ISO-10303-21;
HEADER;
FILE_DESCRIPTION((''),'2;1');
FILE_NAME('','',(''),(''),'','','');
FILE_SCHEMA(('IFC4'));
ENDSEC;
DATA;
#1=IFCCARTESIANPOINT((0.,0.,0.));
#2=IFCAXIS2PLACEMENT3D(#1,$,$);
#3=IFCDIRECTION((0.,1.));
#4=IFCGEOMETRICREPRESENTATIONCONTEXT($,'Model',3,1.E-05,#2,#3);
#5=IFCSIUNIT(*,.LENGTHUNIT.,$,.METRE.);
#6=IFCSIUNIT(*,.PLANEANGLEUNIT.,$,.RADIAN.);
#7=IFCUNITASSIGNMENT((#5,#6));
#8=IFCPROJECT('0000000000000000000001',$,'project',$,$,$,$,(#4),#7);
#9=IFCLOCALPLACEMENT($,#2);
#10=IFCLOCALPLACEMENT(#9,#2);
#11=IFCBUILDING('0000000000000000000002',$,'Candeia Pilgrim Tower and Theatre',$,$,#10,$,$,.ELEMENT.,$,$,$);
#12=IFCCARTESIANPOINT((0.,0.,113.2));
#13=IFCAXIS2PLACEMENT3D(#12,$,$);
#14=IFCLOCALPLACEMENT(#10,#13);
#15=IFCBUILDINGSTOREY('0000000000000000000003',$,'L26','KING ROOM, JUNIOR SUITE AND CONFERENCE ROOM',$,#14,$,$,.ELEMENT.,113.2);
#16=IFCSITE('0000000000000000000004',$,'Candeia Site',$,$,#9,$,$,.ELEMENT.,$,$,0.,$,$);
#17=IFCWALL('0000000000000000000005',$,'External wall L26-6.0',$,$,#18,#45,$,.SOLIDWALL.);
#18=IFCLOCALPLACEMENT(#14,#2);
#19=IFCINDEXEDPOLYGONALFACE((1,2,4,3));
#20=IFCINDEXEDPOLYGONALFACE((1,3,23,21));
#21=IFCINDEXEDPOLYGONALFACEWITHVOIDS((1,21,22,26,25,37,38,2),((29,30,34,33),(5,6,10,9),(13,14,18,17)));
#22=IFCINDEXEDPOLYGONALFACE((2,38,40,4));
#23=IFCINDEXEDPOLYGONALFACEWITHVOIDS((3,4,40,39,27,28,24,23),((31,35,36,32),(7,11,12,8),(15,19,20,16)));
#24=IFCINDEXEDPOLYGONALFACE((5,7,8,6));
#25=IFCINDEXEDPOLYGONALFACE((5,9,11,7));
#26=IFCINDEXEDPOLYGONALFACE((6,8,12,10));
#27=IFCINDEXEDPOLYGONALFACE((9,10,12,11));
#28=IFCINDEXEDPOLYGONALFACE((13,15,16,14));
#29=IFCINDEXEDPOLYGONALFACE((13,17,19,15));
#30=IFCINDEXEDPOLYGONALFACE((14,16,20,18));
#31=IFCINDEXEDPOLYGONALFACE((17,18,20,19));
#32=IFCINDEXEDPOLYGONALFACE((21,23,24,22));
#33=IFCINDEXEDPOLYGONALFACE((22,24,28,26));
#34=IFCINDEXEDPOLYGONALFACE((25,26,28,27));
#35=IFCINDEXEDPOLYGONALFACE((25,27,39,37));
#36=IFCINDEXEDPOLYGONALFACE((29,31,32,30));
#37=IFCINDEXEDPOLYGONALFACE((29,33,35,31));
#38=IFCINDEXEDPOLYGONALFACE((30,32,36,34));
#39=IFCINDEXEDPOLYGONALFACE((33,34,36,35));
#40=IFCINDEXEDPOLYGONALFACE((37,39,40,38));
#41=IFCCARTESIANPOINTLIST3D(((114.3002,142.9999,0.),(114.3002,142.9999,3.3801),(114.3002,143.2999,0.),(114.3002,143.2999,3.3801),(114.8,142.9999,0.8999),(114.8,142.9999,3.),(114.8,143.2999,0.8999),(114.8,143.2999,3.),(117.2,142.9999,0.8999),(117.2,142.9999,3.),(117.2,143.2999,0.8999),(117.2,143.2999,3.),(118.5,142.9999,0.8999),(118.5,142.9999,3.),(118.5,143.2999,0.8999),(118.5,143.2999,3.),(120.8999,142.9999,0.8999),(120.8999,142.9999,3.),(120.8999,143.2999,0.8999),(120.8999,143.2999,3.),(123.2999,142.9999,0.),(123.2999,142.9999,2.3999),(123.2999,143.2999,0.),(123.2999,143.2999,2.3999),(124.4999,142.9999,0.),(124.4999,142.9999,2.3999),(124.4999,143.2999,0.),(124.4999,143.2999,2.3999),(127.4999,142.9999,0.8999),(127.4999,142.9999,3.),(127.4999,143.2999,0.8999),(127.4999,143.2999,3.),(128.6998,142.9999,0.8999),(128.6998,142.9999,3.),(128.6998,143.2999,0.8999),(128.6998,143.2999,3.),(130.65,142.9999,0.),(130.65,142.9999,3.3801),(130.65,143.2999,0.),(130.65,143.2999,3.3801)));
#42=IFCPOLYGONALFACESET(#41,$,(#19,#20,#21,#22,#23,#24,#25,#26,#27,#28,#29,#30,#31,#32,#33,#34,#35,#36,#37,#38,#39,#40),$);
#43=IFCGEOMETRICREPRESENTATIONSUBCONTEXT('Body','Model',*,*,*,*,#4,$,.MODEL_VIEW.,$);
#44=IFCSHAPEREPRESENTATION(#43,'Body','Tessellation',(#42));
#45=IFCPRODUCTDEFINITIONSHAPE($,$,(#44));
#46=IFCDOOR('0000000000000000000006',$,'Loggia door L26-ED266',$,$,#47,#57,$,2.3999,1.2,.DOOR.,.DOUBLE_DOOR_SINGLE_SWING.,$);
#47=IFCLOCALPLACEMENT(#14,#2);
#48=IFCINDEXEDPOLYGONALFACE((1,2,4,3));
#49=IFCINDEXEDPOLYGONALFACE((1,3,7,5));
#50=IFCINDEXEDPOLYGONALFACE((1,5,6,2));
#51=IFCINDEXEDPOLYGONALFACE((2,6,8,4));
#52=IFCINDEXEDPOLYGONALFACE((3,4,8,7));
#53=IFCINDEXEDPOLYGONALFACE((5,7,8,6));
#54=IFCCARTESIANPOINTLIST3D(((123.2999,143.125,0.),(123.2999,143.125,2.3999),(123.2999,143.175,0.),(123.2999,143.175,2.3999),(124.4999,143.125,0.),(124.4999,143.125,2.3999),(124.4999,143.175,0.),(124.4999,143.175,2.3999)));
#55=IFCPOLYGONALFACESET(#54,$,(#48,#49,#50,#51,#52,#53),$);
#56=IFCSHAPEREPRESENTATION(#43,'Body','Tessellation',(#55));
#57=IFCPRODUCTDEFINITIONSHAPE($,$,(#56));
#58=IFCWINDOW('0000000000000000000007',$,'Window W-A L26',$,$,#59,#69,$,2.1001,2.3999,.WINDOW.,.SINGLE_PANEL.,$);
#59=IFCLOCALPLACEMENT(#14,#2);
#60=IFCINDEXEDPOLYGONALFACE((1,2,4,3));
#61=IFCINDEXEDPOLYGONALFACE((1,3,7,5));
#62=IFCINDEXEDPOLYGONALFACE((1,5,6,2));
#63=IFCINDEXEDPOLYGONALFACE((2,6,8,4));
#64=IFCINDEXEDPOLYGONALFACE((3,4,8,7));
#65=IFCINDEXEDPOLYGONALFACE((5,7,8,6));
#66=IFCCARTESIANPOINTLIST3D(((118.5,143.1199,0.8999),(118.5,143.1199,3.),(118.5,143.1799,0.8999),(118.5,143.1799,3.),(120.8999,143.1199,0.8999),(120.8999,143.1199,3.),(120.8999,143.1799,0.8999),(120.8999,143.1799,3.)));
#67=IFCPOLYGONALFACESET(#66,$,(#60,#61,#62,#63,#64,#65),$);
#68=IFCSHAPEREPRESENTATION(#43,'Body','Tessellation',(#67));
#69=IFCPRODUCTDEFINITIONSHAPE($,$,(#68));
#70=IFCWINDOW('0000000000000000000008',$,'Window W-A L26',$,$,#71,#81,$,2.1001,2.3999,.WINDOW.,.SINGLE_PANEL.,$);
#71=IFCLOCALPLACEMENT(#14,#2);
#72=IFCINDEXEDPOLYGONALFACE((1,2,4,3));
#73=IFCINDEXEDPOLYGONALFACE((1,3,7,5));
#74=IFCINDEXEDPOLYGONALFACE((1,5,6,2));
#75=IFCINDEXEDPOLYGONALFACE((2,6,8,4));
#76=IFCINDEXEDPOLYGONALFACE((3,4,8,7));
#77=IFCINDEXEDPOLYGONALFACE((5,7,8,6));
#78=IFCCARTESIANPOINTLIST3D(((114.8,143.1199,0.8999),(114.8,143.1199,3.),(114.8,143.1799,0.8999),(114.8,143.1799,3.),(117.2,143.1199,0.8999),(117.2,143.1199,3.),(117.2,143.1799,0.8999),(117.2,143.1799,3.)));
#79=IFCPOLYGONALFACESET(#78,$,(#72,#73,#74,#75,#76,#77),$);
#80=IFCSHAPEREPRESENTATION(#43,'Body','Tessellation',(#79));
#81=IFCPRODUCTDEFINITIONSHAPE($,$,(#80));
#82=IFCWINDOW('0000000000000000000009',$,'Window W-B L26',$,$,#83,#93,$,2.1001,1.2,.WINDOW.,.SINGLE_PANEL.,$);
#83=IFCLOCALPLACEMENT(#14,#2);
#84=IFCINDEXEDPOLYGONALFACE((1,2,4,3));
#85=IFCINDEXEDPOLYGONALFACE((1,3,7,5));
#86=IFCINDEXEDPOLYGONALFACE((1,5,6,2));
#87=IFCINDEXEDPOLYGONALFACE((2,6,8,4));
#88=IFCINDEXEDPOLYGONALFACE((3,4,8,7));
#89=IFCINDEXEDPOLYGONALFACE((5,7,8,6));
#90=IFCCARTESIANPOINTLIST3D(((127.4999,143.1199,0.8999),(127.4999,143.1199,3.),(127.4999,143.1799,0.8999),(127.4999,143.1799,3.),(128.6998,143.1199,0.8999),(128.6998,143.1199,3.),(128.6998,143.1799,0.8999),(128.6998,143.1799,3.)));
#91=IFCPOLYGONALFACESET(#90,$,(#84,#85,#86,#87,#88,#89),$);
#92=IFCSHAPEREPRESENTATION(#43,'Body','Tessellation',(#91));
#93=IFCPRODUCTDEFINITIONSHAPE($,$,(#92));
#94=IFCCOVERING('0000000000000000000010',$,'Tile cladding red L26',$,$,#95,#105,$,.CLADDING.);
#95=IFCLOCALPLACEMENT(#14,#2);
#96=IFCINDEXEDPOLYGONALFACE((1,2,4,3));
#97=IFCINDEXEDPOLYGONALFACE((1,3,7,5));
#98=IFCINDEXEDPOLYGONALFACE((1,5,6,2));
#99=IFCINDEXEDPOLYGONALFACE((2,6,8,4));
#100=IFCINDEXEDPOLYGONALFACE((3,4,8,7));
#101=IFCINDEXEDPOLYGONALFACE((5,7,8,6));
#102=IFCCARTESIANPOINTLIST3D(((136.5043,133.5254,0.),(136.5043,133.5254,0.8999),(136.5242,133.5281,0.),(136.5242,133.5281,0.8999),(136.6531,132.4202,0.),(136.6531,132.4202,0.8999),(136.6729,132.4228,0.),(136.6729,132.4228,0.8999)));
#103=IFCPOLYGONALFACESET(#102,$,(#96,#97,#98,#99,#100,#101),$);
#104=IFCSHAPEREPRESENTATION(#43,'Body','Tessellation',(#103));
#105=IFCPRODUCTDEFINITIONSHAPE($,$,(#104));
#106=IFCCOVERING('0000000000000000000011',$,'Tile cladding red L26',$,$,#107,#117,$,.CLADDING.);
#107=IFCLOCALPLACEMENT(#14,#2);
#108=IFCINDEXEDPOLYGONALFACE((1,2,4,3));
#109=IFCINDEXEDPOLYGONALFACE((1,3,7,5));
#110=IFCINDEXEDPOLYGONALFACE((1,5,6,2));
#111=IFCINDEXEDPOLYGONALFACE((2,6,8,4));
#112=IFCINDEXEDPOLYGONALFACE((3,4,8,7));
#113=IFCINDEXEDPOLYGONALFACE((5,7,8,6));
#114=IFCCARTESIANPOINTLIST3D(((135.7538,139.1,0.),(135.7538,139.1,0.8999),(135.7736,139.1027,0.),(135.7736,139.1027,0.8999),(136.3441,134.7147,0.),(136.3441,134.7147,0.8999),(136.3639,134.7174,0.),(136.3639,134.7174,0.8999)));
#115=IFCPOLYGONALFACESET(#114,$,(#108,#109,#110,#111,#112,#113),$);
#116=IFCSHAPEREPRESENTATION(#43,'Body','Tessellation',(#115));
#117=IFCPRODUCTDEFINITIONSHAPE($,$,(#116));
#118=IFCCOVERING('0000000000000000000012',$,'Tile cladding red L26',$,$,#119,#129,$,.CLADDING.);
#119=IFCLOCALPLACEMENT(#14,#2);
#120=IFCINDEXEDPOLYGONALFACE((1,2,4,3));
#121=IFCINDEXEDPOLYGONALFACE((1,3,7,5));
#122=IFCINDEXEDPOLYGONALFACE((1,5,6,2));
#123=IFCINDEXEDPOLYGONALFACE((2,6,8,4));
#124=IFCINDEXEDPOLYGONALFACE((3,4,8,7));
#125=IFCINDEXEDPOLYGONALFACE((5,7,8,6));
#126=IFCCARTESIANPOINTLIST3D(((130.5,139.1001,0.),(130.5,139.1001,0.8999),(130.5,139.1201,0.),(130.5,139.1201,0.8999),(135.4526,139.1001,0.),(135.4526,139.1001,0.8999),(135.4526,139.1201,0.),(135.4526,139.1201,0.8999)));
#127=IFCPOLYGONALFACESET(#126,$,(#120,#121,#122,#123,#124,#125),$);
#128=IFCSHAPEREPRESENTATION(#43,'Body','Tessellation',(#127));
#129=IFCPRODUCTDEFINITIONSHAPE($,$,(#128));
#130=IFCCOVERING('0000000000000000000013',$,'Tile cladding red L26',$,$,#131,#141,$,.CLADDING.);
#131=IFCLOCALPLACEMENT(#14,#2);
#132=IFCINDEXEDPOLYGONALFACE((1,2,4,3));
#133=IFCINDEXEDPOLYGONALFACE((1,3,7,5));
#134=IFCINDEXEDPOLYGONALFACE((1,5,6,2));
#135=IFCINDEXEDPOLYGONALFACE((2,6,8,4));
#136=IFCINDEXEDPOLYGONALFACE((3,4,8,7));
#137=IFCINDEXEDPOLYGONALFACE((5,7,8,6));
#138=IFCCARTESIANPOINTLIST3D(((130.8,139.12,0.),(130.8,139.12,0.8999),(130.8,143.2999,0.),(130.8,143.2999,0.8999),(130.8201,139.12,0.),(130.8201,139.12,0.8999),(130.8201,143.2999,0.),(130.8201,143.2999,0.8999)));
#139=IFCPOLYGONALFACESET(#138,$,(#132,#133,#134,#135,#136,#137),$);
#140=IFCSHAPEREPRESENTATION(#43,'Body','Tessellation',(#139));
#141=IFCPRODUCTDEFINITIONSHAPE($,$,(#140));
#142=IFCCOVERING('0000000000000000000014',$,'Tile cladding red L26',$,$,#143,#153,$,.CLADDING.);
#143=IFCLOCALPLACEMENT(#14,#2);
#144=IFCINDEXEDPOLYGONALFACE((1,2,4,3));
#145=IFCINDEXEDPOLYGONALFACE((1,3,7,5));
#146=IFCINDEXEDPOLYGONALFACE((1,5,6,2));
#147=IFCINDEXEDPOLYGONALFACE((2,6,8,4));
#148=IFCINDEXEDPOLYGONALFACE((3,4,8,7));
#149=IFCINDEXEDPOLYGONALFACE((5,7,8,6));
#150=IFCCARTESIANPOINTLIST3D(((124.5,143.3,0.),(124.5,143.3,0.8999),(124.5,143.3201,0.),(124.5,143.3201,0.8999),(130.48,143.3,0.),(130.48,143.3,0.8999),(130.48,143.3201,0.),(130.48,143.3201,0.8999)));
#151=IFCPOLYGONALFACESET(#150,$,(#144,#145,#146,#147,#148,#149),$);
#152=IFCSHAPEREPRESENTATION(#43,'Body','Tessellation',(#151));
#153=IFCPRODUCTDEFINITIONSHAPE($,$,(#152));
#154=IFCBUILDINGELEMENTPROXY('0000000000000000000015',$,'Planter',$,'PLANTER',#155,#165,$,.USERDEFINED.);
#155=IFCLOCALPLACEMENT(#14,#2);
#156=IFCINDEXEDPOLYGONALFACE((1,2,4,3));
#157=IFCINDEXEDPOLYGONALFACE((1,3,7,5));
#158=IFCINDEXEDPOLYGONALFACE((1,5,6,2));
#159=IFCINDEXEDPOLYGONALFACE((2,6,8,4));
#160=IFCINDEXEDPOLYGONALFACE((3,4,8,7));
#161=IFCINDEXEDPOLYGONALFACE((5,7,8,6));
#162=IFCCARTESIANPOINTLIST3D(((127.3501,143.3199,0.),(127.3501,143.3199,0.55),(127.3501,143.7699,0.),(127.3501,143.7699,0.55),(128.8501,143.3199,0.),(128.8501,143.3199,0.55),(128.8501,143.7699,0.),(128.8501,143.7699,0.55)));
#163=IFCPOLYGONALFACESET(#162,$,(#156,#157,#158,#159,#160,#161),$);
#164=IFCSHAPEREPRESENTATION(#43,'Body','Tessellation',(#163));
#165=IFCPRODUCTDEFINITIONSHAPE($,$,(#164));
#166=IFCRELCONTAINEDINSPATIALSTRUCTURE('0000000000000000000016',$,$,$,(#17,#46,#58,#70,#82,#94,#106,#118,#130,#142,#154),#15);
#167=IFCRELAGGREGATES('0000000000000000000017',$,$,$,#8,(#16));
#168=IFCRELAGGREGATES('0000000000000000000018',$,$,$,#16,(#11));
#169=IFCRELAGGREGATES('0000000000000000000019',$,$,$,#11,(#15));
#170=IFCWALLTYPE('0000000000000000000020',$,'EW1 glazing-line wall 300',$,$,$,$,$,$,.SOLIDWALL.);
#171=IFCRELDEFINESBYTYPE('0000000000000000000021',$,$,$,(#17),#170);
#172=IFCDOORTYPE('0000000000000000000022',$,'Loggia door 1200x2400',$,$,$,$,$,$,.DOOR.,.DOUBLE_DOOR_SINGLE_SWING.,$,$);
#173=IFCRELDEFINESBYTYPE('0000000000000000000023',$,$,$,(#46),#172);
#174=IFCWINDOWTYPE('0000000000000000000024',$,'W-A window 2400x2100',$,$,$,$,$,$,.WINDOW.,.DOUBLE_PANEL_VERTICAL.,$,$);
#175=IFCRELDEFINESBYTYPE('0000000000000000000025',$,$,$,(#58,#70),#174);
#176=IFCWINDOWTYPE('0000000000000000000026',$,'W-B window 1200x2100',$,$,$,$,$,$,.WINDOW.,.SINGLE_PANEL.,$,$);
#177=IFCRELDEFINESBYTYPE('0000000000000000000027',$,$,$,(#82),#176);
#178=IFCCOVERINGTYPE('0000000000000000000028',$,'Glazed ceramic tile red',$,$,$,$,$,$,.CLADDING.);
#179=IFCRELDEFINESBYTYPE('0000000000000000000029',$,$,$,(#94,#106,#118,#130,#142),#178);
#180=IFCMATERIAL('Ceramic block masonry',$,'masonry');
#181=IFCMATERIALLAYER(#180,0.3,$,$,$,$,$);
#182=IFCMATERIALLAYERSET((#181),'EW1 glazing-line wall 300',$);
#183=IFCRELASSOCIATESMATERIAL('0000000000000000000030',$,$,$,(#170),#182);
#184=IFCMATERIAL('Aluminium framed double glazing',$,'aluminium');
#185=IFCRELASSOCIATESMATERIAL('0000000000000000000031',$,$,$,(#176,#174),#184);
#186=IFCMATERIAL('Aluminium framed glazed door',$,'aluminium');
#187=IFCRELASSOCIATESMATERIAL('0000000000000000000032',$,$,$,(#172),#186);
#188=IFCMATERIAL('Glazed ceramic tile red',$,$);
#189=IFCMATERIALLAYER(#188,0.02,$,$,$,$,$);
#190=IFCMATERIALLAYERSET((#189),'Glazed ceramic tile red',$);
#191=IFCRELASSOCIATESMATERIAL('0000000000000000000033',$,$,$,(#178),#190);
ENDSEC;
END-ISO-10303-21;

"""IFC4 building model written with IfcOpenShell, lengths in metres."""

from ifc_helpers import new_model, si_unit, direction, frame, frame_2d, origin, origin_2d, place, context, subcontext, project, spatial, rectangle, extrude, material, layer, layer_set, type_object, element, fill, save


model = new_model("IFC4")

# Units and contexts
model_context = context("Model", 3, precision=1e-05, world=origin(), true_north=direction((0.0, 1.0)))
body_context = subcontext(model_context, "Body", "Model", "MODEL_VIEW")
ifc_project = project(units=[si_unit("LENGTHUNIT", "METRE"), si_unit("PLANEANGLEUNIT", "RADIAN")], contexts=[model_context])

# Site, building, storey
site_placement = place(None, origin())
site = spatial("IfcSite", under=ifc_project, at=site_placement, Name="Candeia Site", CompositionType="ELEMENT", RefElevation=0.0)
building_placement = place(site_placement, origin())
building = spatial("IfcBuilding", under=site, at=building_placement, Name="Candeia Pilgrim Tower and Theatre", CompositionType="ELEMENT")
storey_placement = place(building_placement, frame((0.0, 0.0, 113.2)))
storey = spatial("IfcBuildingStorey", under=building, at=storey_placement, Name="L26", Description="KING ROOM, JUNIOR SUITE AND CONFERENCE ROOM", CompositionType="ELEMENT", Elevation=113.2)

# Shared definitions
ifc_material_1 = material(Name="Ceramic block masonry", Category="masonry")
ifc_layer_1 = layer(ifc_material_1, 0.3)
ifc_layer_set_1 = layer_set([ifc_layer_1], Name="EW1 glazing-line wall 300")
wall_type = type_object("IfcWallType", Name="EW1 glazing-line wall 300", PredefinedType="SOLIDWALL", material=ifc_layer_set_1)
ifc_material_2 = material(Name="Aluminium framed double glazing", Category="aluminium")
window_type_1 = type_object("IfcWindowType", Name="W-B window 1200x2100", PartitioningType="SINGLE_PANEL", PredefinedType="WINDOW", material=ifc_material_2)

# Wall, openings, door, windows
wall_1_placement = place(storey_placement, frame((130.6499, 143.1499, 0.0), z_axis=(0.0, 0.0, 1.0), x_axis=(-1.0, 0.0, 0.0)))
wall_1 = element("IfcWall", 1, at=wall_1_placement, inside=storey, type_object=wall_type, Name="External wall L26-6.0", PredefinedType="SOLIDWALL", context=body_context, shape_type="SweptSolid", body=[
    extrude(rectangle(XDim=16.3499, YDim=0.3, at=frame_2d((8.1748, 0.0))), origin(), (0.0, 0.0, 1.0), 3.3801),
])
opening_1_placement = place(wall_1_placement, frame((1.95, 0.0, 0.8999)))
opening_1 = element("IfcOpeningElement", 2, at=opening_1_placement, cuts=wall_1, PredefinedType="OPENING", context=body_context, shape_type="SweptSolid", body=[
    extrude(rectangle(XDim=1.2, YDim=2.1001, at=frame_2d((0.6001, 1.05))), frame((0.0, 0.1602, 0.0), z_axis=(0.0, -1.0, 0.0), x_axis=(1.0, 0.0, 0.0)), (0.0, 0.0, 1.0), 0.3201),
])
opening_2_placement = place(wall_1_placement, frame((6.1499, 0.0, 0.0)))
opening_2 = element("IfcOpeningElement", 3, at=opening_2_placement, cuts=wall_1, PredefinedType="OPENING", context=body_context, shape_type="SweptSolid", body=[
    extrude(rectangle(XDim=1.2, YDim=2.3999, at=frame_2d((0.6001, 1.2))), frame((0.0, 0.1602, 0.0), z_axis=(0.0, -1.0, 0.0), x_axis=(1.0, 0.0, 0.0)), (0.0, 0.0, 1.0), 0.3201),
])
opening_3_placement = place(wall_1_placement, frame((9.75, 0.0, 0.8999)))
opening_3 = element("IfcOpeningElement", 4, at=opening_3_placement, cuts=wall_1, PredefinedType="OPENING", context=body_context, shape_type="SweptSolid", body=[
    extrude(rectangle(XDim=2.3999, YDim=2.1001, at=frame_2d((1.2, 1.05))), frame((0.0, 0.1602, 0.0), z_axis=(0.0, -1.0, 0.0), x_axis=(1.0, 0.0, 0.0)), (0.0, 0.0, 1.0), 0.3201),
])
opening_4_placement = place(wall_1_placement, frame((13.45, 0.0, 0.8999)))
opening_4 = element("IfcOpeningElement", 5, at=opening_4_placement, cuts=wall_1, PredefinedType="OPENING", context=body_context, shape_type="SweptSolid", body=[
    extrude(rectangle(XDim=2.3999, YDim=2.1001, at=frame_2d((1.2, 1.05))), frame((0.0, 0.1602, 0.0), z_axis=(0.0, -1.0, 0.0), x_axis=(1.0, 0.0, 0.0)), (0.0, 0.0, 1.0), 0.3201),
])
ifc_material_3 = material(Name="Aluminium framed glazed door", Category="aluminium")
door_type = type_object("IfcDoorType", Name="Loggia door 1200x2400", OperationType="DOUBLE_DOOR_SINGLE_SWING", PredefinedType="DOOR", material=ifc_material_3)
door_placement = place(opening_2_placement, origin())
door = element("IfcDoor", 6, at=door_placement, inside=storey, type_object=door_type, Name="Loggia door L26-ED266", OperationType="DOUBLE_DOOR_SINGLE_SWING", OverallHeight=2.3999, OverallWidth=1.2, PredefinedType="DOOR", context=body_context, shape_type="SweptSolid", body=[
    extrude(rectangle(XDim=1.2, YDim=2.3999, at=frame_2d((0.6001, 1.2))), frame((0.0, 0.0249, 0.0), z_axis=(0.0, -1.0, 0.0), x_axis=(1.0, 0.0, 0.0)), (0.0, 0.0, 1.0), 0.05),
])
fill(opening_2, door)
window_type_2 = type_object("IfcWindowType", Name="W-A window 2400x2100", PartitioningType="DOUBLE_PANEL_VERTICAL", PredefinedType="WINDOW", material=ifc_material_2)
window_1_placement = place(opening_3_placement, origin())
window_1 = element("IfcWindow", 7, at=window_1_placement, inside=storey, type_object=window_type_2, Name="Window W-A L26", OverallHeight=2.1001, OverallWidth=2.3999, PartitioningType="SINGLE_PANEL", PredefinedType="WINDOW", context=body_context, shape_type="SweptSolid", body=[
    extrude(rectangle(XDim=2.3999, YDim=2.1001, at=frame_2d((1.2, 1.05))), frame((0.0, 0.03, 0.0), z_axis=(0.0, -1.0, 0.0), x_axis=(1.0, 0.0, 0.0)), (0.0, 0.0, 1.0), 0.0601),
])
fill(opening_3, window_1)
window_2_placement = place(opening_4_placement, origin())
window_2 = element("IfcWindow", 8, at=window_2_placement, inside=storey, type_object=window_type_2, Name="Window W-A L26", OverallHeight=2.1001, OverallWidth=2.3999, PartitioningType="SINGLE_PANEL", PredefinedType="WINDOW", context=body_context, shape_type="SweptSolid", body=[
    extrude(rectangle(XDim=2.3999, YDim=2.1001, at=frame_2d((1.2, 1.05))), frame((0.0, 0.03, 0.0), z_axis=(0.0, -1.0, 0.0), x_axis=(1.0, 0.0, 0.0)), (0.0, 0.0, 1.0), 0.0601),
])
fill(opening_4, window_2)
window_3_placement = place(opening_1_placement, origin())
window_3 = element("IfcWindow", 9, at=window_3_placement, inside=storey, type_object=window_type_1, Name="Window W-B L26", OverallHeight=2.1001, OverallWidth=1.2, PartitioningType="SINGLE_PANEL", PredefinedType="WINDOW", context=body_context, shape_type="SweptSolid", body=[
    extrude(rectangle(XDim=1.2, YDim=2.1001, at=frame_2d((0.6001, 1.05))), frame((0.0, 0.03, 0.0), z_axis=(0.0, -1.0, 0.0), x_axis=(1.0, 0.0, 0.0)), (0.0, 0.0, 1.0), 0.0601),
])
fill(opening_1, window_3)

# Coverings
ifc_material_4 = material(Name="Glazed ceramic tile red")
ifc_layer_2 = layer(ifc_material_4, 0.02)
ifc_layer_set_2 = layer_set([ifc_layer_2], Name="Glazed ceramic tile red")
covering_type = type_object("IfcCoveringType", Name="Glazed ceramic tile red", PredefinedType="CLADDING", material=ifc_layer_set_2)
covering_1_placement = place(storey_placement, frame((136.5886, 132.9741, 0.0), z_axis=(0.0, 0.0, 1.0), x_axis=(-0.133412, 0.991061, 0.0)))
element("IfcCovering", 10, at=covering_1_placement, inside=storey, type_object=covering_type, Name="Tile cladding red L26", PredefinedType="CLADDING", context=body_context, shape_type="SweptSolid", body=[
    extrude(rectangle(XDim=1.1152, YDim=0.02, at=origin_2d()), origin(), (0.0, 0.0, 1.0), 0.8999),
])
covering_2_placement = place(storey_placement, frame((136.0588, 136.9087, 0.0), z_axis=(0.0, 0.0, 1.0), x_axis=(-0.133412, 0.991061, 0.0)))
element("IfcCovering", 11, at=covering_2_placement, inside=storey, type_object=covering_type, Name="Tile cladding red L26", PredefinedType="CLADDING", context=body_context, shape_type="SweptSolid", body=[
    extrude(rectangle(XDim=4.4248, YDim=0.02, at=origin_2d()), origin(), (0.0, 0.0, 1.0), 0.8999),
])
covering_3_placement = place(storey_placement, frame((132.9763, 139.1101, 0.0), z_axis=(0.0, 0.0, 1.0), x_axis=(-1.0, 0.0, 0.0)))
element("IfcCovering", 12, at=covering_3_placement, inside=storey, type_object=covering_type, Name="Tile cladding red L26", PredefinedType="CLADDING", context=body_context, shape_type="SweptSolid", body=[
    extrude(rectangle(XDim=4.9526, YDim=0.02, at=origin_2d()), origin(), (0.0, 0.0, 1.0), 0.8999),
])
covering_4_placement = place(storey_placement, frame((130.8101, 141.21, 0.0), z_axis=(0.0, 0.0, 1.0), x_axis=(0.0, 1.0, 0.0)))
element("IfcCovering", 13, at=covering_4_placement, inside=storey, type_object=covering_type, Name="Tile cladding red L26", PredefinedType="CLADDING", context=body_context, shape_type="SweptSolid", body=[
    extrude(rectangle(XDim=4.1799, YDim=0.02, at=origin_2d()), origin(), (0.0, 0.0, 1.0), 0.8999),
])
covering_5_placement = place(storey_placement, frame((127.49, 143.3101, 0.0), z_axis=(0.0, 0.0, 1.0), x_axis=(-1.0, 0.0, 0.0)))
element("IfcCovering", 14, at=covering_5_placement, inside=storey, type_object=covering_type, Name="Tile cladding red L26", PredefinedType="CLADDING", context=body_context, shape_type="SweptSolid", body=[
    extrude(rectangle(XDim=5.98, YDim=0.02, at=origin_2d()), origin(), (0.0, 0.0, 1.0), 0.8999),
])

# Building element proxy
proxy_placement = place(storey_placement, frame((128.1001, 143.5449, 0.0), z_axis=(0.0, 0.0, 1.0), x_axis=(-1.0, 0.0, 0.0)))
element("IfcBuildingElementProxy", 15, at=proxy_placement, inside=storey, Name="Planter", ObjectType="PLANTER", PredefinedType="USERDEFINED", context=body_context, shape_type="SweptSolid", body=[
    extrude(rectangle(XDim=1.5, YDim=0.45, at=origin_2d()), origin(), (0.0, 0.0, 1.0), 0.55),
])

save(model, "model.ifc")
